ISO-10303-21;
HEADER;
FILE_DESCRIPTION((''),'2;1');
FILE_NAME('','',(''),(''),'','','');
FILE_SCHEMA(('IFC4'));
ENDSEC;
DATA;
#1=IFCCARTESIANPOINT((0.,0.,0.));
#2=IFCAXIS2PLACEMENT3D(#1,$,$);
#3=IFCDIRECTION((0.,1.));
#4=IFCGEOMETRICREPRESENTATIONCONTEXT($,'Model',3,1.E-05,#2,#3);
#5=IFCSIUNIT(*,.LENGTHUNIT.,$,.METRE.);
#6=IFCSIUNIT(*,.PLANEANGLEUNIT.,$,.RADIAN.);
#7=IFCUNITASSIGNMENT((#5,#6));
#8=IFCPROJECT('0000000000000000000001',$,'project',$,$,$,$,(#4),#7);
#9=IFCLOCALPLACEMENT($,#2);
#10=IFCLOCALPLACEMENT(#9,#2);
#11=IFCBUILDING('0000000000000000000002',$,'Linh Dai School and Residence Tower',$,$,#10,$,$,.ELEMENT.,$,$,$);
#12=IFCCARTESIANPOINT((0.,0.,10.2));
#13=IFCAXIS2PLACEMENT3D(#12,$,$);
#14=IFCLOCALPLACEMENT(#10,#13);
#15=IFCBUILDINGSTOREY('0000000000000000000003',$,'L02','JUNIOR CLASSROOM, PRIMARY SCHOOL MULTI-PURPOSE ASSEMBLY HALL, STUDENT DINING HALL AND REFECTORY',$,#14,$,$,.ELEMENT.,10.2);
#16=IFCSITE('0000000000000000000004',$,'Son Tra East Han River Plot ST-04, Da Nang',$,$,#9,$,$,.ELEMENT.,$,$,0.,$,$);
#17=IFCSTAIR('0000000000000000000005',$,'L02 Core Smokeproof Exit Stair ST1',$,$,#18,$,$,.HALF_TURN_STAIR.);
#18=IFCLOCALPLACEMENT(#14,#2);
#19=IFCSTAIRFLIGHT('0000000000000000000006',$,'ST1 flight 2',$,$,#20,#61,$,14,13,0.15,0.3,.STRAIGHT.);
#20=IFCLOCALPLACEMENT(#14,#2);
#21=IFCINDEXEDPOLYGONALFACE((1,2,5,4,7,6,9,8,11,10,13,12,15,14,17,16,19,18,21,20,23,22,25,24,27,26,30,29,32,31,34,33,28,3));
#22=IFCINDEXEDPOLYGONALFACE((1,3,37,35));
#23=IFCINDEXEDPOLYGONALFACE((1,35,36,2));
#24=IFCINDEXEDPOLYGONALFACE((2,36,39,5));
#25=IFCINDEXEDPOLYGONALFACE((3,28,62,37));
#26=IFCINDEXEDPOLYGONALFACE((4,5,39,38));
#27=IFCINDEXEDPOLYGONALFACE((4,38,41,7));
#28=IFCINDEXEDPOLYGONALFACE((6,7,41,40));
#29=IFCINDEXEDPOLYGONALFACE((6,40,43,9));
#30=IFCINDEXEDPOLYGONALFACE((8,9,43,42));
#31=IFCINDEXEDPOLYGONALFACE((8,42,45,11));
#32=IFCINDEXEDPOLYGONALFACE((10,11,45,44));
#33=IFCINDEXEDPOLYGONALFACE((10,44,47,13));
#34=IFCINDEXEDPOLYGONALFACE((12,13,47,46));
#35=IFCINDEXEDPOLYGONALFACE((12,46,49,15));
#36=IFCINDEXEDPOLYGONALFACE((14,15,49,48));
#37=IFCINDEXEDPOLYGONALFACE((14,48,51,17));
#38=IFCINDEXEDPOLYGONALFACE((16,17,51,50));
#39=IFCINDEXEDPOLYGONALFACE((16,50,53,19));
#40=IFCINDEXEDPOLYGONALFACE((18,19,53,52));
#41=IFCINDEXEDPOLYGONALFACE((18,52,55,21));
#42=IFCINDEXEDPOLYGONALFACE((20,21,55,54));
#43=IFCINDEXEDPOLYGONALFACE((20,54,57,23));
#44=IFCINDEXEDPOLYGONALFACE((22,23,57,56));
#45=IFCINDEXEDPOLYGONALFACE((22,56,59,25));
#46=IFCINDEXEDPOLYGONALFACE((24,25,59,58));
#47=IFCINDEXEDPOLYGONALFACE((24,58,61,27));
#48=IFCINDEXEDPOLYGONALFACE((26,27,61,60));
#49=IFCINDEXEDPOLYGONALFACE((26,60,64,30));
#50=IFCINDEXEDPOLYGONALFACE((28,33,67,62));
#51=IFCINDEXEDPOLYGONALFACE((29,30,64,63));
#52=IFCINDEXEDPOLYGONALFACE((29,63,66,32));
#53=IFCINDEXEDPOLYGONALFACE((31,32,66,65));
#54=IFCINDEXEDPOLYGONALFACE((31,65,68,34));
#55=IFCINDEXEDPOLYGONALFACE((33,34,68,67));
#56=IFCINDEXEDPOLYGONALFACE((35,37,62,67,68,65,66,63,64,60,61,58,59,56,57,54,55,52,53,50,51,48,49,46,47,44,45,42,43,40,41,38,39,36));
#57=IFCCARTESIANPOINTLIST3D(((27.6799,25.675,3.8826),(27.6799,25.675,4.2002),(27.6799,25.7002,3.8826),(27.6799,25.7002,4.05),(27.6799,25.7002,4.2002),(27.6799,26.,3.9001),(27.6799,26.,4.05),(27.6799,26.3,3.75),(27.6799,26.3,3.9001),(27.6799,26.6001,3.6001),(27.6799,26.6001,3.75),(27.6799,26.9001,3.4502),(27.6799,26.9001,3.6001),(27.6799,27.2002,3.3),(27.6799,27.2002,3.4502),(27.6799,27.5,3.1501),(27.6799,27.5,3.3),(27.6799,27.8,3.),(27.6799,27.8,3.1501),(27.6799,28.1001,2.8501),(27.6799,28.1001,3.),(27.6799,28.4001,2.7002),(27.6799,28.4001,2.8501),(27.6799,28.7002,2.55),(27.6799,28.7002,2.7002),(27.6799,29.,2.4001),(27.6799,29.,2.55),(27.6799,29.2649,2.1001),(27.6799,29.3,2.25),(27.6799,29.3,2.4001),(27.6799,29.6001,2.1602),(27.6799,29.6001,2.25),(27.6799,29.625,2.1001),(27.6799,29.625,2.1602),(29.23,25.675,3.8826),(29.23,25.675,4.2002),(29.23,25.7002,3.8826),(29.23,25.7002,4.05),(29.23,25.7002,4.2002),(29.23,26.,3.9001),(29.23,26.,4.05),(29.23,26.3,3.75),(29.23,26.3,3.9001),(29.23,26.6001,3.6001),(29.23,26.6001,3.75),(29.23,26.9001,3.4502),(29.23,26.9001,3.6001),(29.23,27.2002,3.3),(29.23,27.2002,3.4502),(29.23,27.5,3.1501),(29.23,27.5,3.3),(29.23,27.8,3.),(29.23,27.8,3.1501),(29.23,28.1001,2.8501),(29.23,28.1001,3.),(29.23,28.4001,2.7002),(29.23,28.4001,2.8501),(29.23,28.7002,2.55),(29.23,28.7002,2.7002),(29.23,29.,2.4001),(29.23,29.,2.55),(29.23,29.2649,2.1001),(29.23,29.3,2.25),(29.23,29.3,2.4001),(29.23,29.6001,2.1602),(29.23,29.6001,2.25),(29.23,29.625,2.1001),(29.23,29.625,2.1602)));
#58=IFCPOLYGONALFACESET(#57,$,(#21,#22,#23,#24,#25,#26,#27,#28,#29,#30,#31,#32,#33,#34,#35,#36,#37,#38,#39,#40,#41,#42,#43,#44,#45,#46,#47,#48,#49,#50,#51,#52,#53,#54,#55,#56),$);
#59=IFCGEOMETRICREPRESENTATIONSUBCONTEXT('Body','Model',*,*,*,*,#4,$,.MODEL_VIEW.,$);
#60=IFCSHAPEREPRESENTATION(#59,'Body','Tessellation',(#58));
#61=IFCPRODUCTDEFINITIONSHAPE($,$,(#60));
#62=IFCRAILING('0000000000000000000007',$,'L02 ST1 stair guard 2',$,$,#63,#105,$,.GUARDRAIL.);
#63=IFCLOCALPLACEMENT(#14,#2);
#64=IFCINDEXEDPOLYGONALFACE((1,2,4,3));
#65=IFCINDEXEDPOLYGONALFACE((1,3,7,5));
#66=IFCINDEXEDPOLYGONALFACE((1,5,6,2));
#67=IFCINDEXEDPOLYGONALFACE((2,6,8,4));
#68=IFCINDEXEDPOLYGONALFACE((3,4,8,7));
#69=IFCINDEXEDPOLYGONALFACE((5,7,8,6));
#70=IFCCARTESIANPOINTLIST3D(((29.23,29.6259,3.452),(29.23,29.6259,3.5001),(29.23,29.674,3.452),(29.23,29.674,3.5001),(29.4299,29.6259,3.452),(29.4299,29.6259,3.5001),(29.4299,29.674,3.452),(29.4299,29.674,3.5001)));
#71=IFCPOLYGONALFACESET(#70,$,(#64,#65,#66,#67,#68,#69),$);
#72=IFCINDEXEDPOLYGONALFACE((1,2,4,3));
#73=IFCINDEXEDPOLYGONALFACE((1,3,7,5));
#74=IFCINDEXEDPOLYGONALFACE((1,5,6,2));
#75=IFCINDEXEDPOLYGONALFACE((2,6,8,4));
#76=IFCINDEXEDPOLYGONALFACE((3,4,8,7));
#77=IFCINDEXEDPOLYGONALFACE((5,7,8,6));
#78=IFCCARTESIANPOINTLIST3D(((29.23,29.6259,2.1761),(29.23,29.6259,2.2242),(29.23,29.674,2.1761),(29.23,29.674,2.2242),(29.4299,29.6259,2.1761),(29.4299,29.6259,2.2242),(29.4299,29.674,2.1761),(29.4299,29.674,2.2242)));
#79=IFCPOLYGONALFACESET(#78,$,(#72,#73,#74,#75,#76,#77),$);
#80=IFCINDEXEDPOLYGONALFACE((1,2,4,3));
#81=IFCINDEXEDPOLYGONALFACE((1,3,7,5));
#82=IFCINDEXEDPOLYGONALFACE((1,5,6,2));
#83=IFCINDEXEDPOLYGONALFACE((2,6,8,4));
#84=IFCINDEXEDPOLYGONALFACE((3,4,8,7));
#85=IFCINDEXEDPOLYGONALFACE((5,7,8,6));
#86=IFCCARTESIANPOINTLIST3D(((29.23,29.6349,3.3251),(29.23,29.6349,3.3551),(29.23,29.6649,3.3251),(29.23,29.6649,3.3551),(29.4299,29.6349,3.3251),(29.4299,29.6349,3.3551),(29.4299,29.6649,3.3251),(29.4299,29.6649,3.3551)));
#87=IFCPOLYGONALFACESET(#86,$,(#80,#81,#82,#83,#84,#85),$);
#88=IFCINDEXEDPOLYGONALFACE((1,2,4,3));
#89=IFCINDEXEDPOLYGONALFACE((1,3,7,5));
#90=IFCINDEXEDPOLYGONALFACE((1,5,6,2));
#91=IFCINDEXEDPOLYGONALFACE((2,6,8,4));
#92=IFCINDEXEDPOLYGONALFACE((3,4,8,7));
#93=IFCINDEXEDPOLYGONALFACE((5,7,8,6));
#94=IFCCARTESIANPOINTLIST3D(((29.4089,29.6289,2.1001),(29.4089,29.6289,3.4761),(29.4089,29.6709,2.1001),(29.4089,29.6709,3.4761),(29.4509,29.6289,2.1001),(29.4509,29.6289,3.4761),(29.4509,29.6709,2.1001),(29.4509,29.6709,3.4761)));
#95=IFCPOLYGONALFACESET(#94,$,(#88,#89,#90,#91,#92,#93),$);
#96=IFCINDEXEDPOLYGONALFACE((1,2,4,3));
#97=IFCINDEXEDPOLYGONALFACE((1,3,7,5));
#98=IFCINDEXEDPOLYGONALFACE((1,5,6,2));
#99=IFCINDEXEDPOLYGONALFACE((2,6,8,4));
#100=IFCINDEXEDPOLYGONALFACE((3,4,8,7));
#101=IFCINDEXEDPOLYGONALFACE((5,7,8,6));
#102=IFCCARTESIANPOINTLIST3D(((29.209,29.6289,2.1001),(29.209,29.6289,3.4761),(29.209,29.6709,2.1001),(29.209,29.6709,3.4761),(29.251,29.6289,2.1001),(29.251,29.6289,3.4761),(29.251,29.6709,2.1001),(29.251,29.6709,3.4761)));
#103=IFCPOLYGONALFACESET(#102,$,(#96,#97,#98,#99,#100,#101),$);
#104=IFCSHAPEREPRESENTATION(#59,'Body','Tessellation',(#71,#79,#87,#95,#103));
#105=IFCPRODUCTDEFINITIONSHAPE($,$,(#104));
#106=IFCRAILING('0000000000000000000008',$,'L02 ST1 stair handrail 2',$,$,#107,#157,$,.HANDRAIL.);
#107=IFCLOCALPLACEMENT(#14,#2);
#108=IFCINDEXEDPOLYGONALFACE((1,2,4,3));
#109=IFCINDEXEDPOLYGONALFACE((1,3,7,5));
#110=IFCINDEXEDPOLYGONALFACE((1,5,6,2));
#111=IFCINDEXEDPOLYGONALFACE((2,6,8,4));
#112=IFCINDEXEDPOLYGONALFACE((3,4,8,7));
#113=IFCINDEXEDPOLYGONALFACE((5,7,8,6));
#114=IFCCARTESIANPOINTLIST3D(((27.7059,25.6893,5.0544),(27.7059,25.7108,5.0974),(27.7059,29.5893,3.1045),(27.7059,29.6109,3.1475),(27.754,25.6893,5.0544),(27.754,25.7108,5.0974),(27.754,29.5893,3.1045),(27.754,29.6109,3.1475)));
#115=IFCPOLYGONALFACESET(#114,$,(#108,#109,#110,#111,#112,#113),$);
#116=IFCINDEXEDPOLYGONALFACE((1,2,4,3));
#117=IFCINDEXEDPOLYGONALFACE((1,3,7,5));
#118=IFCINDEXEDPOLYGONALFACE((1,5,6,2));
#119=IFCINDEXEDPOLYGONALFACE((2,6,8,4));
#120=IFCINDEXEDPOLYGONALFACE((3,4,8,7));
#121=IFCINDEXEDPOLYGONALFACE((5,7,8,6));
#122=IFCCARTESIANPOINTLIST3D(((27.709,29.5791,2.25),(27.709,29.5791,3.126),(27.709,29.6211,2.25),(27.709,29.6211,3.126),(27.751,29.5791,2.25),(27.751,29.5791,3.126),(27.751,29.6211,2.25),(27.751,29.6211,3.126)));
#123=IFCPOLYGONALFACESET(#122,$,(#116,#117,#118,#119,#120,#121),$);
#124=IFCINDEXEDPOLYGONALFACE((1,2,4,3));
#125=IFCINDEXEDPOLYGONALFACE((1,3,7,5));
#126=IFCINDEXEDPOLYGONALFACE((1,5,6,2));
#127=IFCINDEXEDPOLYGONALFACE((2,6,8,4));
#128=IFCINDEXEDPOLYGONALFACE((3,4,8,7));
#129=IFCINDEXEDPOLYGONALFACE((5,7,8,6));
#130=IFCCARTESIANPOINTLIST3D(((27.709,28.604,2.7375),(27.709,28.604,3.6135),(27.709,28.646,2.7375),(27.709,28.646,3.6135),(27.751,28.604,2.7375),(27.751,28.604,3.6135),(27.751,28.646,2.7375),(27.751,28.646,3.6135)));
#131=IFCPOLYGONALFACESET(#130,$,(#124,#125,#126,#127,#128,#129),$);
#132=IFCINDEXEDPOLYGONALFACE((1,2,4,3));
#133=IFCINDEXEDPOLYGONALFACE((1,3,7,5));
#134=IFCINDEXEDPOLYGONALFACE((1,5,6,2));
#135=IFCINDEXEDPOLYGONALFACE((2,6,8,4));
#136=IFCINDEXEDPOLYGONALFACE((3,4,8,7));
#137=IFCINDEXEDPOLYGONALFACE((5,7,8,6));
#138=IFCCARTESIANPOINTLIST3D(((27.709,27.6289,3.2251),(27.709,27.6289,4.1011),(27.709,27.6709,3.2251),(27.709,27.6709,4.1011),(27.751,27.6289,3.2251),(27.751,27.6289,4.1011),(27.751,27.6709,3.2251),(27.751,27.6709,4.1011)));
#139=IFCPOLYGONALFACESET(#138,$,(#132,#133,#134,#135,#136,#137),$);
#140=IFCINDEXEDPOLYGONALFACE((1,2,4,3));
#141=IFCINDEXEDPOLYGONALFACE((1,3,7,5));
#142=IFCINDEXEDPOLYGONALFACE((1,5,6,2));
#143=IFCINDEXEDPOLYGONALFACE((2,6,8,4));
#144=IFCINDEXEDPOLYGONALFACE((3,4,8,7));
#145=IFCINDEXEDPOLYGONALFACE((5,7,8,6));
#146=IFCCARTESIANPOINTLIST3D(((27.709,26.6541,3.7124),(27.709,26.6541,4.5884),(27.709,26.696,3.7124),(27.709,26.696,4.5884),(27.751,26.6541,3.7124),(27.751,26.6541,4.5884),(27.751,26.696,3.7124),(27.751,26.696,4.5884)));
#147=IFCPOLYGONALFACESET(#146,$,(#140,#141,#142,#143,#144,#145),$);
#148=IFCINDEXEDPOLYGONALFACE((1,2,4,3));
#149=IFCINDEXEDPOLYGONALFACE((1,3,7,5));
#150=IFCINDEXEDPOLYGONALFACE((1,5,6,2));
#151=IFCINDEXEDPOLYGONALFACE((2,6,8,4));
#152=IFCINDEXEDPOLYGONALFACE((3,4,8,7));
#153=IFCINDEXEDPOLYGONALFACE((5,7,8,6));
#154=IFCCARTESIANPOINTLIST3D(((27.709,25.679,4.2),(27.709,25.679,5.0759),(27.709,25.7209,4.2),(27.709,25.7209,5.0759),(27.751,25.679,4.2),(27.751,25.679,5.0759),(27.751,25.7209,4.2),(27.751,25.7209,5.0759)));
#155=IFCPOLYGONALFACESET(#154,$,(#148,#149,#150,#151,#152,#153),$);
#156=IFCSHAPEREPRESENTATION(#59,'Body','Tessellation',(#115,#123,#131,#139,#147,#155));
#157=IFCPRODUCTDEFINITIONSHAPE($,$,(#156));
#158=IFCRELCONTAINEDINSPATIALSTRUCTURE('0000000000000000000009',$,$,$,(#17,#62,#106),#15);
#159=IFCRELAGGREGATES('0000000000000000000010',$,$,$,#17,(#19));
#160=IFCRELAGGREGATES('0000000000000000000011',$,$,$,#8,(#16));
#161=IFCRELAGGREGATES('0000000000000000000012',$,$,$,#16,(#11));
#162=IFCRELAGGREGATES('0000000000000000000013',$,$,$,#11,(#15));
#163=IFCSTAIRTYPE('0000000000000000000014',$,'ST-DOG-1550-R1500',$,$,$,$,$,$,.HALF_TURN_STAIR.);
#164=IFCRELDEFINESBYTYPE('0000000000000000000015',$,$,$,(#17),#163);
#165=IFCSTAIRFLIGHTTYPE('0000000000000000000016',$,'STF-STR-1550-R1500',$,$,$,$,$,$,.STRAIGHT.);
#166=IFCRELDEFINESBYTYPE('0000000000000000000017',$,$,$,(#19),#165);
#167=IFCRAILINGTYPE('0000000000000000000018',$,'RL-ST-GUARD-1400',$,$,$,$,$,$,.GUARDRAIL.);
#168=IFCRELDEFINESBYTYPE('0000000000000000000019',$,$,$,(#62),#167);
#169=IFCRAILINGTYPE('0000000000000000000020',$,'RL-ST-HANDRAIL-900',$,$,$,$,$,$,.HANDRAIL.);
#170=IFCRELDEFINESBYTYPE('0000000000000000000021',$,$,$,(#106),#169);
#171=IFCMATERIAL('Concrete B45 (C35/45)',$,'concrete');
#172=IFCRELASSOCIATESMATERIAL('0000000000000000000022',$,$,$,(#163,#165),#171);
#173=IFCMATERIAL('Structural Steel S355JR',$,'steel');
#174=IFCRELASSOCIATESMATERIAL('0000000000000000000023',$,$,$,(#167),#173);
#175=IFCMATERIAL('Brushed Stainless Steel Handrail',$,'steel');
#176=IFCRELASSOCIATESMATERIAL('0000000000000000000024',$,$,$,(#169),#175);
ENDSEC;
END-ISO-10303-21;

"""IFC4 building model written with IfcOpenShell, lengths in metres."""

from ifc_helpers import new_model, si_unit, direction, frame, origin, origin_2d, place, context, subcontext, project, spatial, polyline, rectangle, outline, extrude, source, transform, mapped, material, type_object, element, aggregate, save


model = new_model("IFC4")

# Units and contexts
model_context = context("Model", 3, precision=1e-05, world=origin(), true_north=direction((0.0, 1.0)))
body_context = subcontext(model_context, "Body", "Model", "MODEL_VIEW")
ifc_project = project(units=[si_unit("LENGTHUNIT", "METRE"), si_unit("PLANEANGLEUNIT", "RADIAN")], contexts=[model_context])

# Site, building, storey
site_placement = place(None, origin())
site = spatial("IfcSite", under=ifc_project, at=site_placement, Name="Son Tra East Han River Plot ST-04, Da Nang", CompositionType="ELEMENT", RefElevation=0.0)
building_placement = place(site_placement, origin())
building = spatial("IfcBuilding", under=site, at=building_placement, Name="Linh Dai School and Residence Tower", CompositionType="ELEMENT")
storey_placement = place(building_placement, frame((0.0, 0.0, 10.2)))
storey = spatial("IfcBuildingStorey", under=building, at=storey_placement, Name="L02", Description="JUNIOR CLASSROOM, PRIMARY SCHOOL MULTI-PURPOSE ASSEMBLY HALL, STUDENT DINING HALL AND REFECTORY", CompositionType="ELEMENT", Elevation=10.2)

# Shared definitions
ifc_material_1 = material(Name="Structural Steel S355JR", Category="steel")

# Shared definitions
ifc_material_2 = material(Name="Concrete B45 (C35/45)", Category="concrete")

# Stair, stair flight
stair_type = type_object("IfcStairType", Name="ST-DOG-1550-R1500", PredefinedType="HALF_TURN_STAIR", material=ifc_material_2)
stair_placement = place(storey_placement, origin())
stair = element("IfcStair", 1, at=stair_placement, inside=storey, type_object=stair_type, Name="L02 Core Smokeproof Exit Stair ST1", PredefinedType="HALF_TURN_STAIR")
stair_flight_type = type_object("IfcStairFlightType", Name="STF-STR-1550-R1500", PredefinedType="STRAIGHT", material=ifc_material_2)
shared_shape_1 = source(origin(), body_context, "Body", "SweptSolid", [
    extrude(outline(polyline([(-0.0249, 0.0), (-0.0249, 0.0601), (0.0, 0.0601), (0.0, 0.1499), (0.3, 0.1499), (0.3, 0.3), (0.6001, 0.3), (0.6001, 0.45), (0.8999, 0.45), (0.8999, 0.6001), (1.2, 0.6001), (1.2, 0.75), (1.5, 0.75), (1.5, 0.8999), (1.8, 0.8999), (1.8, 1.05), (2.1001, 1.05), (2.1001, 1.2), (2.3999, 1.2), (2.3999, 1.3501), (2.7, 1.3501), (2.7, 1.5), (3.0, 1.5), (3.0, 1.6499), (3.3, 1.6499), (3.3, 1.8), (3.6001, 1.8), (3.6001, 1.95), (3.8999, 1.95), (3.8999, 2.1001), (3.925, 2.1001), (3.925, 1.7825), (3.8999, 1.7825), (0.3352, 0.0), (-0.0249, 0.0)])), frame((0.0, 0.7749, 0.0), z_axis=(0.0, -1.0, 0.0), x_axis=(1.0, 0.0, 0.0)), (0.0, 0.0, 1.0), 1.55),
])
stair_flight_placement = place(storey_placement, frame((28.4551, 29.6001, 2.1001), z_axis=(0.0, 0.0, 1.0), x_axis=(0.0, -1.0, 0.0)))
stair_flight = element("IfcStairFlight", 2, at=stair_flight_placement, type_object=stair_flight_type, Name="ST1 flight 2", NumberOfRisers=14, NumberOfTreads=13, PredefinedType="STRAIGHT", RiserHeight=0.15, TreadLength=0.3, context=body_context, shape_type="MappedRepresentation", body=[
    mapped(shared_shape_1, transform((0.0, 0.0, 0.0), x_axis=(1.0, 0.0, 0.0), y_axis=(0.0, 1.0, 0.0), z_axis=(0.0, 0.0, 1.0), scale=1.0)),
])
aggregate(stair, [stair_flight])

# Railings
railing_type_1 = type_object("IfcRailingType", Name="RL-ST-GUARD-1400", PredefinedType="GUARDRAIL", material=ifc_material_1)
shared_shape_2 = source(origin(), body_context, "Body", "SweptSolid", [
    extrude(rectangle(XDim=0.0481, YDim=0.0481, at=origin_2d()), frame((0.0, 0.0, 1.376), z_axis=(-1.0, 0.0, 0.0), x_axis=(0.0, -1.0, 0.0)), (0.0, 0.0, 1.0), 0.2),
    extrude(rectangle(XDim=0.0481, YDim=0.0481, at=origin_2d()), frame((0.0, 0.0, 0.1001), z_axis=(-1.0, 0.0, 0.0), x_axis=(0.0, -1.0, 0.0)), (0.0, 0.0, 1.0), 0.2),
    extrude(rectangle(XDim=0.03, YDim=0.03, at=origin_2d()), frame((0.0, 0.0, 1.24), z_axis=(-1.0, 0.0, 0.0), x_axis=(0.0, -1.0, 0.0)), (0.0, 0.0, 1.0), 0.2),
    extrude(rectangle(XDim=0.042, YDim=0.042, at=origin_2d()), origin(), (0.0, 0.0, 1.0), 1.376),
    extrude(rectangle(XDim=0.042, YDim=0.042, at=origin_2d()), frame((-0.2, 0.0, 0.0)), (0.0, 0.0, 1.0), 1.376),
])
railing_1_placement = place(storey_placement, frame((29.4299, 29.6499, 2.1001)))
element("IfcRailing", 3, at=railing_1_placement, inside=storey, type_object=railing_type_1, Name="L02 ST1 stair guard 2", PredefinedType="GUARDRAIL", context=body_context, shape_type="MappedRepresentation", body=[
    mapped(shared_shape_2, transform((0.0, 0.0, 0.0), x_axis=(1.0, 0.0, 0.0), y_axis=(0.0, 1.0, 0.0), z_axis=(0.0, 0.0, 1.0), scale=1.0)),
])
ifc_material_3 = material(Name="Brushed Stainless Steel Handrail", Category="steel")
railing_type_2 = type_object("IfcRailingType", Name="RL-ST-HANDRAIL-900", PredefinedType="HANDRAIL", material=ifc_material_3)
shared_shape_3 = source(origin(), body_context, "Body", "SweptSolid", [
    extrude(rectangle(XDim=0.0481, YDim=0.0481, at=origin_2d()), frame((0.0, 0.0, 0.876), z_axis=(0.0, -0.894438, 0.447191), x_axis=(1.0, 0.0, 0.0)), (0.0, 0.0, 1.0), 4.3604),
    extrude(rectangle(XDim=0.042, YDim=0.042, at=origin_2d()), origin(), (0.0, 0.0, 1.0), 0.876),
    extrude(rectangle(XDim=0.042, YDim=0.042, at=origin_2d()), frame((0.0, -0.9751, 0.4875)), (0.0, 0.0, 1.0), 0.876),
    extrude(rectangle(XDim=0.042, YDim=0.042, at=origin_2d()), frame((0.0, -1.9502, 0.9751)), (0.0, 0.0, 1.0), 0.876),
    extrude(rectangle(XDim=0.042, YDim=0.042, at=origin_2d()), frame((0.0, -2.925, 1.4624)), (0.0, 0.0, 1.0), 0.876),
    extrude(rectangle(XDim=0.042, YDim=0.042, at=origin_2d()), frame((0.0, -3.9001, 1.95)), (0.0, 0.0, 1.0), 0.876),
])
railing_2_placement = place(storey_placement, frame((27.73, 29.6001, 2.25)))
element("IfcRailing", 4, at=railing_2_placement, inside=storey, type_object=railing_type_2, Name="L02 ST1 stair handrail 2", PredefinedType="HANDRAIL", context=body_context, shape_type="MappedRepresentation", body=[
    mapped(shared_shape_3, transform((0.0, 0.0, 0.0), x_axis=(1.0, 0.0, 0.0), y_axis=(0.0, 1.0, 0.0), z_axis=(0.0, 0.0, 1.0), scale=1.0)),
])

save(model, "model.ifc")
